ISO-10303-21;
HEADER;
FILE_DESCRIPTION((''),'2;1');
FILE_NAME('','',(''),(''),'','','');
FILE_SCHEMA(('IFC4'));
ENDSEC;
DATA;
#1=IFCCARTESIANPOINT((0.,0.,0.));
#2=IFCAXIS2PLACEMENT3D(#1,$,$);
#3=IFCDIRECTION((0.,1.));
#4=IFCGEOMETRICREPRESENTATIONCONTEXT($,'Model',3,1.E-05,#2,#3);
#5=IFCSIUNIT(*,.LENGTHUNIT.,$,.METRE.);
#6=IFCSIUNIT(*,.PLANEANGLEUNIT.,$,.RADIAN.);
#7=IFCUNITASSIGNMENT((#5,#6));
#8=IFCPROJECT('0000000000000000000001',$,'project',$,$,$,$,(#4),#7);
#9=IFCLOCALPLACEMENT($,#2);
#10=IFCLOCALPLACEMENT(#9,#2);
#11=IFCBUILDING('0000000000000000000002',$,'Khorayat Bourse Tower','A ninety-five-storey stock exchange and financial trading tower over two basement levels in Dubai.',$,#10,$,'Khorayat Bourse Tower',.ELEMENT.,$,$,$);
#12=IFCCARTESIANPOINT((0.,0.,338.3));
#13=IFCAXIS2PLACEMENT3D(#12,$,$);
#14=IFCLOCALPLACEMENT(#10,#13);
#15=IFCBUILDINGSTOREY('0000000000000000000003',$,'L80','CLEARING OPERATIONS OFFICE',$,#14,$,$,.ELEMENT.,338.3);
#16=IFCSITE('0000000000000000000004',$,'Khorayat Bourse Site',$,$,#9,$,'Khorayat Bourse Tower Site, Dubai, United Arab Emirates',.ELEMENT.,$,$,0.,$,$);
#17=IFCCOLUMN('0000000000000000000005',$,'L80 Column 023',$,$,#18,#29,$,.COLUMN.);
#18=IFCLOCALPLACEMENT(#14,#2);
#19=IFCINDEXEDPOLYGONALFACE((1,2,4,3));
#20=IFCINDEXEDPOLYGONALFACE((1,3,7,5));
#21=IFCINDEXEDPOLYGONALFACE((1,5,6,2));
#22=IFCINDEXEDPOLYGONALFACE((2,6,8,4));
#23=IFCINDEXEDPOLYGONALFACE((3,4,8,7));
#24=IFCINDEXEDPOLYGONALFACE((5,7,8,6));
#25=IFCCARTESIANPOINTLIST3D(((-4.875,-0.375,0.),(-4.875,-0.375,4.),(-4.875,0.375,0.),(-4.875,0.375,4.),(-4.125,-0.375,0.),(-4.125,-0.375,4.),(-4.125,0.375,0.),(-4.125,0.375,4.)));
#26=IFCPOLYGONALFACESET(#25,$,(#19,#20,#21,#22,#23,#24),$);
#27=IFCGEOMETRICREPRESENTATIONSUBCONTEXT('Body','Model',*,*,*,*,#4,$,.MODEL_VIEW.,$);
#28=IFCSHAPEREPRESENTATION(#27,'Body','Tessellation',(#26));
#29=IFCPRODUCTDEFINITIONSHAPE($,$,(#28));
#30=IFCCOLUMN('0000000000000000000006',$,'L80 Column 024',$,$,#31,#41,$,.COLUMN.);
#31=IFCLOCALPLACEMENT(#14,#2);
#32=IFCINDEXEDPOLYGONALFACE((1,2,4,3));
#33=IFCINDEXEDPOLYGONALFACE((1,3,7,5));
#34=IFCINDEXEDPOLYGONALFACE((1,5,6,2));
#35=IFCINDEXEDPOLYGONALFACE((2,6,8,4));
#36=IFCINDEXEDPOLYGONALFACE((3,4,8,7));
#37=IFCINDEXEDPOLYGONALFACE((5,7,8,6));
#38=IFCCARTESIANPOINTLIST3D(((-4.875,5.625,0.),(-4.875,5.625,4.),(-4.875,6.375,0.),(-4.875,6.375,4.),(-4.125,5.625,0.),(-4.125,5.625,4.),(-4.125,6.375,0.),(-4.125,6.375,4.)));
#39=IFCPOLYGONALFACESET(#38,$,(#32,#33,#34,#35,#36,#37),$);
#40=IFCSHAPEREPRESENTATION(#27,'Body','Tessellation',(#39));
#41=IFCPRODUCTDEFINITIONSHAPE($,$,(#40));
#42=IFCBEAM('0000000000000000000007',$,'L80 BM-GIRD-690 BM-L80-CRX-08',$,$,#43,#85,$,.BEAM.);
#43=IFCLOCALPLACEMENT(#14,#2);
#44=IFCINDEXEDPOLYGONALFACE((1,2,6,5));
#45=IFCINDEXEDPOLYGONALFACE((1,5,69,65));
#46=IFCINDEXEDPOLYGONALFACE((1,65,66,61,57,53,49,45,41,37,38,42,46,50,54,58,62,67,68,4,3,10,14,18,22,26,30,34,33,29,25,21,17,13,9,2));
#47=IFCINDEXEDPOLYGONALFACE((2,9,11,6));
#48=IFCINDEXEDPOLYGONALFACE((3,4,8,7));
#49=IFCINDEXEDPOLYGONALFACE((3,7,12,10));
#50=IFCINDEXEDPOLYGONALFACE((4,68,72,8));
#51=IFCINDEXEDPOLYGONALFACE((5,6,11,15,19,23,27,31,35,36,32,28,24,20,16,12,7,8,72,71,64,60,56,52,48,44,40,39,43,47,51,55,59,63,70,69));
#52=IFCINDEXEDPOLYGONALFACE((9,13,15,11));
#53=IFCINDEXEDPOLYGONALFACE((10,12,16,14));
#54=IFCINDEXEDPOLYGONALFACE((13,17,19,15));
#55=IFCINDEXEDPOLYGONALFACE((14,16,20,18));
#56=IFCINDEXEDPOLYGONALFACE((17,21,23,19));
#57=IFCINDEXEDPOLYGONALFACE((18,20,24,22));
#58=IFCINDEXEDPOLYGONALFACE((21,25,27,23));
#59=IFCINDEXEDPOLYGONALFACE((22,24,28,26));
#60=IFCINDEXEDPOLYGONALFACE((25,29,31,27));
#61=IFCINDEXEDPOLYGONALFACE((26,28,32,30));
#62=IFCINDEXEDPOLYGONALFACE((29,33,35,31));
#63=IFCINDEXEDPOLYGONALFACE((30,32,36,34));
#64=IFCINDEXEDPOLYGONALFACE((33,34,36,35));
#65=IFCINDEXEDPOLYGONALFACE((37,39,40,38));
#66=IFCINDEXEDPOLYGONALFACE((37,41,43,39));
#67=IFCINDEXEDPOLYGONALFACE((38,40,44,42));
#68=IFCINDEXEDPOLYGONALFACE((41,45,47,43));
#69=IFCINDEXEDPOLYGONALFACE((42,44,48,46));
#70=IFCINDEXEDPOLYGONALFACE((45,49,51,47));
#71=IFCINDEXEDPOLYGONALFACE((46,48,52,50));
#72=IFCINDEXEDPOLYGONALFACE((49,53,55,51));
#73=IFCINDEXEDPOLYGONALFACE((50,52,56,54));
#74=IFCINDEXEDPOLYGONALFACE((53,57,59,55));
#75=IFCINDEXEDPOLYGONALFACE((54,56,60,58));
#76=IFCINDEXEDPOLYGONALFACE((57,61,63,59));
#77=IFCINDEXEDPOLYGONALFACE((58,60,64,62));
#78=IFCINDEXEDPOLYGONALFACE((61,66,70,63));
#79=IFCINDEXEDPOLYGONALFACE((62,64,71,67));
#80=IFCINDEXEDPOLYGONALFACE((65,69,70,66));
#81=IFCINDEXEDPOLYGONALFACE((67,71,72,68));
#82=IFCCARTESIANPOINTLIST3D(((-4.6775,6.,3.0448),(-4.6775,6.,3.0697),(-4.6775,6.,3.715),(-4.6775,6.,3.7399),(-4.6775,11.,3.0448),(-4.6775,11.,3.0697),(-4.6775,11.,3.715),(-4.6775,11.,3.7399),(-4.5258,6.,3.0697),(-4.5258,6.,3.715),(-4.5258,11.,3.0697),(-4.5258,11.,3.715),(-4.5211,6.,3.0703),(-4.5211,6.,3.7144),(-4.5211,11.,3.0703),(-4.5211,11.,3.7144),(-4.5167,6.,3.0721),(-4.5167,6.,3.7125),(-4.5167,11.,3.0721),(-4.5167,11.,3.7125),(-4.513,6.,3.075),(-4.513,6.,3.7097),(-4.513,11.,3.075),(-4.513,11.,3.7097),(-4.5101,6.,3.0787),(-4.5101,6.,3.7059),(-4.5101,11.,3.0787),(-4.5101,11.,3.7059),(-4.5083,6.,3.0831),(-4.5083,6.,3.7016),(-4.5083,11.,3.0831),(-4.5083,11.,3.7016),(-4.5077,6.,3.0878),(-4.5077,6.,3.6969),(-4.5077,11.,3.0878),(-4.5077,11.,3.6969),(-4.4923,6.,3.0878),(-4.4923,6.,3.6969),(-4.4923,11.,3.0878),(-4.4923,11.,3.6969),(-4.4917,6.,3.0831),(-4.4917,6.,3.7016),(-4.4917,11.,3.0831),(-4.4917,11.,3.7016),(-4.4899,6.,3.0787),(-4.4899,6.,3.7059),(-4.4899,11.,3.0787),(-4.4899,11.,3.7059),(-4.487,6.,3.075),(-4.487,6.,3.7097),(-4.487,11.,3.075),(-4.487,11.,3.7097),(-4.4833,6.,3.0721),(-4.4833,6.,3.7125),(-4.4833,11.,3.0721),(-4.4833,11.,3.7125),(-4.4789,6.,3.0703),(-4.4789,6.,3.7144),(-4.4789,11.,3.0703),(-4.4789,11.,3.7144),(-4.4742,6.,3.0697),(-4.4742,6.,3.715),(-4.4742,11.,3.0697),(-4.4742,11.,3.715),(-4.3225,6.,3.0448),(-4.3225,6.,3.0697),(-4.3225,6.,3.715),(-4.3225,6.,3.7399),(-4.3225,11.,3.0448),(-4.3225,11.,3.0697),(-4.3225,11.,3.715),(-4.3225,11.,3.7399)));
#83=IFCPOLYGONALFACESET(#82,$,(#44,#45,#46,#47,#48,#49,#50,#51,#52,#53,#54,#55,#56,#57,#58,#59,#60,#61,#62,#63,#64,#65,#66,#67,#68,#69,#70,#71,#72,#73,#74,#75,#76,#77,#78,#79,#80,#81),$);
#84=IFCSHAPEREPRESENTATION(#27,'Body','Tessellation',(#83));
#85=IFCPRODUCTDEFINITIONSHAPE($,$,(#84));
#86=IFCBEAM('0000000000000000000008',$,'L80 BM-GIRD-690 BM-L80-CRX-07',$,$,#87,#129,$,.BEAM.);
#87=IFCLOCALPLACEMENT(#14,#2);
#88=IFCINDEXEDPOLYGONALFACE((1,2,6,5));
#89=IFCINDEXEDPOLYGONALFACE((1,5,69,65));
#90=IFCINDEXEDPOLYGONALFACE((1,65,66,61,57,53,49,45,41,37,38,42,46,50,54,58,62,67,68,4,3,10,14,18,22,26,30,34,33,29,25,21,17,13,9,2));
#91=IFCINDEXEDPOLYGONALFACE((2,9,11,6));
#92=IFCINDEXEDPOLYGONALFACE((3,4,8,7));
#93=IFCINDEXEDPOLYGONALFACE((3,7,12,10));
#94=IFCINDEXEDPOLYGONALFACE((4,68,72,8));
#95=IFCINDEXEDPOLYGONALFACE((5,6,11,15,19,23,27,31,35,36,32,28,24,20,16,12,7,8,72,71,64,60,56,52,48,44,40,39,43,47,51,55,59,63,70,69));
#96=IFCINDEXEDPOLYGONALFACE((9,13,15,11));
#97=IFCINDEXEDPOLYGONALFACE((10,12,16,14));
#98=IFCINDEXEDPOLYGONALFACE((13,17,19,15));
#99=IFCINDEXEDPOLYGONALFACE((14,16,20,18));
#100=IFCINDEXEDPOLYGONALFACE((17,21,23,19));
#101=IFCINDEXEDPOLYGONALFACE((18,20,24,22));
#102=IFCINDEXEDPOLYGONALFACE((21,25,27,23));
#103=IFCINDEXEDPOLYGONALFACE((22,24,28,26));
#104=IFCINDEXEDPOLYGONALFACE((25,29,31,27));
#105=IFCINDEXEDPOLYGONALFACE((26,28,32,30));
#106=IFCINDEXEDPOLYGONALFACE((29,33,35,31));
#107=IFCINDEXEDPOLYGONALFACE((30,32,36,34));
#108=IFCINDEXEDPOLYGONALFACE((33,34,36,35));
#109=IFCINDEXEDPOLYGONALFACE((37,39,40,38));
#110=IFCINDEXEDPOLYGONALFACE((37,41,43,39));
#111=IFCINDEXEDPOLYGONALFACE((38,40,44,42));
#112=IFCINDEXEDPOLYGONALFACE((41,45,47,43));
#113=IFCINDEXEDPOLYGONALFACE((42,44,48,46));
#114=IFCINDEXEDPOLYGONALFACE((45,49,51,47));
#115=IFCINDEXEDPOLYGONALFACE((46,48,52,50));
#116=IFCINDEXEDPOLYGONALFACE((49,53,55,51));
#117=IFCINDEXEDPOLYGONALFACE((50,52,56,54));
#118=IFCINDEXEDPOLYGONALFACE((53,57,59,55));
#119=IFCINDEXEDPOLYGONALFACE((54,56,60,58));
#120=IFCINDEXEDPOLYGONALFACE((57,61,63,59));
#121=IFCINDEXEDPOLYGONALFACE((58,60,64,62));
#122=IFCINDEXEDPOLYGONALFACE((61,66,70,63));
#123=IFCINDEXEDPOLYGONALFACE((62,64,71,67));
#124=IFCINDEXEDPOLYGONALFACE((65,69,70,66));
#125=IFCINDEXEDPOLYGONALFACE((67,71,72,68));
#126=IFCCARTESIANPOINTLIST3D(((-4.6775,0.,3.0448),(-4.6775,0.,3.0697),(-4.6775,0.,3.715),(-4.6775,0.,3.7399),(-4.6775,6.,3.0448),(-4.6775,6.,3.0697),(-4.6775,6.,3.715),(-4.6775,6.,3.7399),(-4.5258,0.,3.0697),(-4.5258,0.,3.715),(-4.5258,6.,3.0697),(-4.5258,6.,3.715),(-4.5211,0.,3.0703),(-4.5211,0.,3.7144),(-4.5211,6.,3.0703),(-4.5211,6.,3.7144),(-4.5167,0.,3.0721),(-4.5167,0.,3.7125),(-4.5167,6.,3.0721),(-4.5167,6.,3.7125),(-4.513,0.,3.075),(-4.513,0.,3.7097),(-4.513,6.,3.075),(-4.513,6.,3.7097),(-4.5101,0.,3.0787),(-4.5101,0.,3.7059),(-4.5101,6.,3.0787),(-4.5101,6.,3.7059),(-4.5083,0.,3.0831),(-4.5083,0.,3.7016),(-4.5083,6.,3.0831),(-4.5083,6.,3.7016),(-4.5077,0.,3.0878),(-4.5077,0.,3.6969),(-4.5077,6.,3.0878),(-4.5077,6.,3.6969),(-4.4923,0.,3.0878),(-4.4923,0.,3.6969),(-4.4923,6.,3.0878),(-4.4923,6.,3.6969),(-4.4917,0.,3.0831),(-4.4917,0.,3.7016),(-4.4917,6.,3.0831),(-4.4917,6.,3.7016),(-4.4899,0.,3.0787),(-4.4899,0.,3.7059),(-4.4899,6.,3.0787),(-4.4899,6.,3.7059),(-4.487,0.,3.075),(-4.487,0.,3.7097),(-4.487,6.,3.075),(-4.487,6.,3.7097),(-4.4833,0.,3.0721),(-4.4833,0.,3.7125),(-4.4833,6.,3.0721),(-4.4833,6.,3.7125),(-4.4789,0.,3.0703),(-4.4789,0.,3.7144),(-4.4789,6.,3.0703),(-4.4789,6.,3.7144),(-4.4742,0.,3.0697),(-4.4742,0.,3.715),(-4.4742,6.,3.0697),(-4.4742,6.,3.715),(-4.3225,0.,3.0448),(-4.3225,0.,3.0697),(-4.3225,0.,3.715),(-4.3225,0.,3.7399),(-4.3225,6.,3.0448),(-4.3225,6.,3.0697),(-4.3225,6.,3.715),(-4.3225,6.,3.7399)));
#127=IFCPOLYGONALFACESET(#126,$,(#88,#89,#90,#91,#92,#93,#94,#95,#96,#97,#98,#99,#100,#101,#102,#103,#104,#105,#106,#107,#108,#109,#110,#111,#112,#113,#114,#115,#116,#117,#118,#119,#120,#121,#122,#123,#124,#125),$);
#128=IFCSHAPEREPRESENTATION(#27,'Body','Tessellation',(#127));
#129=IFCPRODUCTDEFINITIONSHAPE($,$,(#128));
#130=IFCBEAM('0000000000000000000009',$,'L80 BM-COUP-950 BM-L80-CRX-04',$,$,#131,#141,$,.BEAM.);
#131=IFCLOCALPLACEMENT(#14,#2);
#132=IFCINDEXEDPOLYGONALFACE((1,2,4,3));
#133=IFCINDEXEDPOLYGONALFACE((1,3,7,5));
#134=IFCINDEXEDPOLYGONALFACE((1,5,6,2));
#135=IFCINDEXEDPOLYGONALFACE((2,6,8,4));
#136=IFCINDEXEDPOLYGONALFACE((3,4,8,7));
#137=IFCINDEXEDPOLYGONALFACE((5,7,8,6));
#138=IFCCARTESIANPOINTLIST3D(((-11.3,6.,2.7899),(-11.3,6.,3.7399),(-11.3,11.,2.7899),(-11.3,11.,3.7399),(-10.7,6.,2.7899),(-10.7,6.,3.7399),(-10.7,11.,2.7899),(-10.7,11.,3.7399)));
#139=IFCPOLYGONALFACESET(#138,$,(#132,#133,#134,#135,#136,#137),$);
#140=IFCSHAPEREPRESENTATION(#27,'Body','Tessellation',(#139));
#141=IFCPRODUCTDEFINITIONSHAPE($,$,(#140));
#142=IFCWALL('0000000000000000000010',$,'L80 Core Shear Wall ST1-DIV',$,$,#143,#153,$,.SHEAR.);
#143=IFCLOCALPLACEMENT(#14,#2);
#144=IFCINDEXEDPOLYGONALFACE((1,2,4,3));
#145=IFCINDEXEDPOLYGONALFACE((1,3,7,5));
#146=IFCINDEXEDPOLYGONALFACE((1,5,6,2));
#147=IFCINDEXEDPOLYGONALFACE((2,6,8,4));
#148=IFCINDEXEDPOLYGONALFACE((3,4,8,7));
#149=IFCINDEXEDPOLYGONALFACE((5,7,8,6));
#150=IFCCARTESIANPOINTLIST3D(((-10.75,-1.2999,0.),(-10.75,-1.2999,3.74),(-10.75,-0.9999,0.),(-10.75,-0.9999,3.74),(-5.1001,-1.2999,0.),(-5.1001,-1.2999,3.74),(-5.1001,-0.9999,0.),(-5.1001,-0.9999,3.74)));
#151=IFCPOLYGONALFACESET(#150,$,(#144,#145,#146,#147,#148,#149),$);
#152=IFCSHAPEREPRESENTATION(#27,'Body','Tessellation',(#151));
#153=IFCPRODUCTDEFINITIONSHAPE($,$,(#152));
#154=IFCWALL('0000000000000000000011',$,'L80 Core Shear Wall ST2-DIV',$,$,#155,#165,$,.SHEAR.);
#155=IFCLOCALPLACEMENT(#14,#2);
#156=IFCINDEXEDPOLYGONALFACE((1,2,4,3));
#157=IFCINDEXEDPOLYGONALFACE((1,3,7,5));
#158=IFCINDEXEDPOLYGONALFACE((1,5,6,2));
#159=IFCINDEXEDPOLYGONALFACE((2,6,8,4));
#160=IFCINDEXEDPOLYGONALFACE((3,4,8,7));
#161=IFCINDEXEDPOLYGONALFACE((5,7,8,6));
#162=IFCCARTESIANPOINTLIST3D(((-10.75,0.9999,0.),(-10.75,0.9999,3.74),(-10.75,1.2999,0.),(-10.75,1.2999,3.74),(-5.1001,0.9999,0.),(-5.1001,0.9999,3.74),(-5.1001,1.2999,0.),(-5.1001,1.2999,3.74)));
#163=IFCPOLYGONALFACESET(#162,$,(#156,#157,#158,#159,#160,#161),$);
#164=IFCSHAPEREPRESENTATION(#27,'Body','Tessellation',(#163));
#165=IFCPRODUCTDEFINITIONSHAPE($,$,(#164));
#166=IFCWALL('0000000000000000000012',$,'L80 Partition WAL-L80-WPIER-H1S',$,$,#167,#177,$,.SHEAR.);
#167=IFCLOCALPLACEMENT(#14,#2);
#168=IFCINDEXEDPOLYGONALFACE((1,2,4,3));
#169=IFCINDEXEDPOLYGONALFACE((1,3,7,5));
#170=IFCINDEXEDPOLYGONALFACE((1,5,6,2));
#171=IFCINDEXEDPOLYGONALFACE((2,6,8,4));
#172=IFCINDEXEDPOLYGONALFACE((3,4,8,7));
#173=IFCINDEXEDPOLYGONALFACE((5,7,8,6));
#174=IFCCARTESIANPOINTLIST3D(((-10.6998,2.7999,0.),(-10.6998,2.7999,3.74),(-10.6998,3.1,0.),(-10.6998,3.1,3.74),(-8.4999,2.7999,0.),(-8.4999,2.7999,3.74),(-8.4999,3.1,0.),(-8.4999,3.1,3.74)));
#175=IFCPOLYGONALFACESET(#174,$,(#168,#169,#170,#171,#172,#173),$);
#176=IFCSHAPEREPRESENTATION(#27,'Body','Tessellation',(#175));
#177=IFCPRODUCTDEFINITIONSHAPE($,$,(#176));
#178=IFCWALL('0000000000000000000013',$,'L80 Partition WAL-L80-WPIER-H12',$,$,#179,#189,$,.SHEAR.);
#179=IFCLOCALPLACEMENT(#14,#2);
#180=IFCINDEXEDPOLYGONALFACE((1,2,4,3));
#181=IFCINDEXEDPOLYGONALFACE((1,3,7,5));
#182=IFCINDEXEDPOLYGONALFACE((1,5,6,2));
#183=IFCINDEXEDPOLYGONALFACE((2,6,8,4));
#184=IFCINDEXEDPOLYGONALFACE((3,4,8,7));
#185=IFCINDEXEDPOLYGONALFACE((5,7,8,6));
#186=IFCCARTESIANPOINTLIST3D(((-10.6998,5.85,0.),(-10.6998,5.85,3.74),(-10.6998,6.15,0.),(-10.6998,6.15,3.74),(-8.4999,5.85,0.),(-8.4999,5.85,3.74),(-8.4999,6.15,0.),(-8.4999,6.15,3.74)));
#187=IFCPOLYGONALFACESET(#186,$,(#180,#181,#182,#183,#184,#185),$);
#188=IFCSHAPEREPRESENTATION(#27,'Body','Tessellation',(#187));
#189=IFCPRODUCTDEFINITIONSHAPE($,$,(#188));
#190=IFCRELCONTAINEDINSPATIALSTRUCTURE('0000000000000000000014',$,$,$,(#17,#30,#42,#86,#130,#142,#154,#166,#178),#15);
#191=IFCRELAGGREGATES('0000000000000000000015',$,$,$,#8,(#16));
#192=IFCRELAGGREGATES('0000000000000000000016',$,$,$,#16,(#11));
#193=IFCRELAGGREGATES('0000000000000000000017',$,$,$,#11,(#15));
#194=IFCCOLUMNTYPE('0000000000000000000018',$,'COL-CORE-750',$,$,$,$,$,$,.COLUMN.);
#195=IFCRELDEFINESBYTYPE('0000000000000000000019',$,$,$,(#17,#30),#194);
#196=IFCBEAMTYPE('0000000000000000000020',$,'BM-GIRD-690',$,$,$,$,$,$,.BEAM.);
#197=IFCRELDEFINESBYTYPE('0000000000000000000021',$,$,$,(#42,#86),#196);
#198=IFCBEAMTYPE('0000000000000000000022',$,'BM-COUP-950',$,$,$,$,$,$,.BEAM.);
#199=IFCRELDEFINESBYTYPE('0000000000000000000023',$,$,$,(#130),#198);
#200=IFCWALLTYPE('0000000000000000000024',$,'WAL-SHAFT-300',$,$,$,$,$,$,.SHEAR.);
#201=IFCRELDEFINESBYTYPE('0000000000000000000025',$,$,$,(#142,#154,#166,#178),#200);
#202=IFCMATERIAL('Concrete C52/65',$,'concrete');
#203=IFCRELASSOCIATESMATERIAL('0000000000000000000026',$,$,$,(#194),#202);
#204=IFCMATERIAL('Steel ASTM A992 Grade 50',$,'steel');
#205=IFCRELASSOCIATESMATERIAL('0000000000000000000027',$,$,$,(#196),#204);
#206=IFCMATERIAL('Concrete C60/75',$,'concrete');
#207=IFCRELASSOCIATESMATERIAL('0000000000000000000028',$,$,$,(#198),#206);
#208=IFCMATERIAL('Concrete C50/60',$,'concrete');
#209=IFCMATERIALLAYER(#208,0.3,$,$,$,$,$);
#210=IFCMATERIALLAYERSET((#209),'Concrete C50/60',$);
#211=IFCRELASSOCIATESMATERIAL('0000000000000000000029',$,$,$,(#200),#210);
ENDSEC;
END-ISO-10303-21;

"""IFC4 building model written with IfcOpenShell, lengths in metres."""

from ifc_helpers import new_model, si_unit, direction, frame, frame_2d, origin, origin_2d, place, context, subcontext, project, spatial, rectangle, i_section, extrude, source, transform, mapped, material, layer, layer_set, material_profile, profile_set, type_object, element, save


model = new_model("IFC4")

# Units and contexts
model_context = context("Model", 3, precision=1e-05, world=origin(), true_north=direction((0.0, 1.0)))
body_context = subcontext(model_context, "Body", "Model", "MODEL_VIEW")
ifc_project = project(units=[si_unit("LENGTHUNIT", "METRE"), si_unit("PLANEANGLEUNIT", "RADIAN")], contexts=[model_context])

# Site, building, storey
site_placement = place(None, origin())
site = spatial("IfcSite", under=ifc_project, at=site_placement, Name="Khorayat Bourse Site", LongName="Khorayat Bourse Tower Site, Dubai, United Arab Emirates", CompositionType="ELEMENT", RefElevation=0.0)
building_placement = place(site_placement, origin())
building = spatial("IfcBuilding", under=site, at=building_placement, Name="Khorayat Bourse Tower", Description="A ninety-five-storey stock exchange and financial trading tower over two basement levels in Dubai.", LongName="Khorayat Bourse Tower", CompositionType="ELEMENT")
storey_placement = place(building_placement, frame((0.0, 0.0, 338.3)))
storey = spatial("IfcBuildingStorey", under=building, at=storey_placement, Name="L80", Description="CLEARING OPERATIONS OFFICE", CompositionType="ELEMENT", Elevation=338.3)

# Columns
ifc_material_1 = material(Name="Concrete C52/65", Category="concrete")
ifc_material_profile_1 = material_profile(ifc_material_1, rectangle(XDim=0.75, YDim=0.75, at=origin_2d()), Name="RC 750x750")
ifc_profile_set_1 = profile_set([ifc_material_profile_1], Name="Concrete C52/65")
column_type = type_object("IfcColumnType", Name="COL-CORE-750", PredefinedType="COLUMN", material=ifc_profile_set_1)
shared_shape_1 = source(origin(), body_context, "Body", "SweptSolid", [
    extrude(rectangle(XDim=0.75, YDim=0.75, at=origin_2d()), origin(), (0.0, 0.0, 1.0), 4.0),
])
for number, where, z_axis, x_axis, name in (
    (1, (-4.5, 0.0, 0.0), (0.0, 0.0, 1.0), (1.0, 0.0, 0.0), "L80 Column 023"),
    (2, (-4.5, 6.0, 0.0), (0.0, 0.0, 1.0), (1.0, 0.0, 0.0), "L80 Column 024"),
):
    element("IfcColumn", number, at=place(storey_placement, frame(where, z_axis=z_axis, x_axis=x_axis)), inside=storey, type_object=column_type, Name=name, PredefinedType="COLUMN", context=body_context, shape_type="MappedRepresentation", body=[
        mapped(shared_shape_1, transform((0.0, 0.0, 0.0), scale=1.0)),
    ])

# Beams
ifc_material_2 = material(Name="Steel ASTM A992 Grade 50", Category="steel")
ifc_material_profile_2 = material_profile(ifc_material_2, i_section(OverallWidth=0.355, OverallDepth=0.6951, WebThickness=0.0154, FlangeThickness=0.0249, FilletRadius=0.0181, at=origin_2d()), Name="W690X217")
ifc_profile_set_2 = profile_set([ifc_material_profile_2], Name="Steel ASTM A992 Grade 50")
beam_type_1 = type_object("IfcBeamType", Name="BM-GIRD-690", PredefinedType="BEAM", material=ifc_profile_set_2)
shared_shape_2 = source(origin(), body_context, "Body", "SweptSolid", [
    extrude(i_section(OverallWidth=0.355, OverallDepth=0.6951, WebThickness=0.0154, FlangeThickness=0.0249, FilletRadius=0.0181, at=origin_2d()), origin(), (0.0, 0.0, 1.0), 5.0),
])
beam_1_placement = place(storey_placement, frame((-4.5, 6.0, 3.3923), z_axis=(0.0, 1.0, 0.0), x_axis=(-1.0, 0.0, 0.0)))
element("IfcBeam", 3, at=beam_1_placement, inside=storey, type_object=beam_type_1, Name="L80 BM-GIRD-690 BM-L80-CRX-08", PredefinedType="BEAM", context=body_context, shape_type="MappedRepresentation", body=[
    mapped(shared_shape_2, transform((0.0, 0.0, 0.0), scale=1.0)),
])
shared_shape_3 = source(origin(), body_context, "Body", "SweptSolid", [
    extrude(i_section(OverallWidth=0.355, OverallDepth=0.6951, WebThickness=0.0154, FlangeThickness=0.0249, FilletRadius=0.0181, at=origin_2d()), origin(), (0.0, 0.0, 1.0), 6.0),
])
beam_2_placement = place(storey_placement, frame((-4.5, 0.0, 3.3923), z_axis=(0.0, 1.0, 0.0), x_axis=(-1.0, 0.0, 0.0)))
element("IfcBeam", 4, at=beam_2_placement, inside=storey, type_object=beam_type_1, Name="L80 BM-GIRD-690 BM-L80-CRX-07", PredefinedType="BEAM", context=body_context, shape_type="MappedRepresentation", body=[
    mapped(shared_shape_3, transform((0.0, 0.0, 0.0), scale=1.0)),
])
ifc_material_3 = material(Name="Concrete C60/75", Category="concrete")
ifc_material_profile_3 = material_profile(ifc_material_3, rectangle(XDim=0.6001, YDim=0.95, at=origin_2d()), Name="RC 600x950")
ifc_profile_set_3 = profile_set([ifc_material_profile_3], Name="Concrete C60/75")
beam_type_2 = type_object("IfcBeamType", Name="BM-COUP-950", PredefinedType="BEAM", material=ifc_profile_set_3)
shared_shape_4 = source(origin(), body_context, "Body", "SweptSolid", [
    extrude(rectangle(XDim=0.6001, YDim=0.95, at=origin_2d()), origin(), (0.0, 0.0, 1.0), 5.0),
])
beam_3_placement = place(storey_placement, frame((-11.0, 6.0, 3.2649), z_axis=(0.0, 1.0, 0.0), x_axis=(-1.0, 0.0, 0.0)))
element("IfcBeam", 5, at=beam_3_placement, inside=storey, type_object=beam_type_2, Name="L80 BM-COUP-950 BM-L80-CRX-04", PredefinedType="BEAM", context=body_context, shape_type="MappedRepresentation", body=[
    mapped(shared_shape_4, transform((0.0, 0.0, 0.0), scale=1.0)),
])

# Walls
ifc_material_4 = material(Name="Concrete C50/60", Category="concrete")
ifc_layer_1 = layer(ifc_material_4, 0.3)
ifc_layer_set_1 = layer_set([ifc_layer_1], Name="Concrete C50/60")
wall_type_1 = type_object("IfcWallType", Name="WAL-SHAFT-300", PredefinedType="SHEAR", material=ifc_layer_set_1)
shared_shape_5 = source(origin(), body_context, "Body", "SweptSolid", [
    extrude(rectangle(XDim=5.6499, YDim=0.3, at=frame_2d((2.825, 0.0))), origin(), (0.0, 0.0, 1.0), 3.74),
])
for number, where, z_axis, x_axis, name in (
    (6, (-10.75, -1.1499, 0.0), (0.0, 0.0, 1.0), (1.0, 0.0, 0.0), "L80 Core Shear Wall ST1-DIV"),
    (7, (-10.75, 1.1499, 0.0), (0.0, 0.0, 1.0), (1.0, 0.0, 0.0), "L80 Core Shear Wall ST2-DIV"),
):
    element("IfcWall", number, at=place(storey_placement, frame(where, z_axis=z_axis, x_axis=x_axis)), inside=storey, type_object=wall_type_1, Name=name, PredefinedType="SHEAR", context=body_context, shape_type="MappedRepresentation", body=[
        mapped(shared_shape_5, transform((0.0, 0.0, 0.0), scale=1.0)),
    ])
shared_shape_6 = source(origin(), body_context, "Body", "SweptSolid", [
    extrude(rectangle(XDim=2.2, YDim=0.3, at=frame_2d((1.1001, 0.0))), origin(), (0.0, 0.0, 1.0), 3.74),
])
for number, where, z_axis, x_axis, name in (
    (8, (-10.7, 2.95, 0.0), (0.0, 0.0, 1.0), (1.0, 0.0, 0.0), "L80 Partition WAL-L80-WPIER-H1S"),
    (9, (-10.7, 6.0, 0.0), (0.0, 0.0, 1.0), (1.0, 0.0, 0.0), "L80 Partition WAL-L80-WPIER-H12"),
):
    element("IfcWall", number, at=place(storey_placement, frame(where, z_axis=z_axis, x_axis=x_axis)), inside=storey, type_object=wall_type_1, Name=name, PredefinedType="SHEAR", context=body_context, shape_type="MappedRepresentation", body=[
        mapped(shared_shape_6, transform((0.0, 0.0, 0.0), scale=1.0)),
    ])

save(model, "model.ifc")
